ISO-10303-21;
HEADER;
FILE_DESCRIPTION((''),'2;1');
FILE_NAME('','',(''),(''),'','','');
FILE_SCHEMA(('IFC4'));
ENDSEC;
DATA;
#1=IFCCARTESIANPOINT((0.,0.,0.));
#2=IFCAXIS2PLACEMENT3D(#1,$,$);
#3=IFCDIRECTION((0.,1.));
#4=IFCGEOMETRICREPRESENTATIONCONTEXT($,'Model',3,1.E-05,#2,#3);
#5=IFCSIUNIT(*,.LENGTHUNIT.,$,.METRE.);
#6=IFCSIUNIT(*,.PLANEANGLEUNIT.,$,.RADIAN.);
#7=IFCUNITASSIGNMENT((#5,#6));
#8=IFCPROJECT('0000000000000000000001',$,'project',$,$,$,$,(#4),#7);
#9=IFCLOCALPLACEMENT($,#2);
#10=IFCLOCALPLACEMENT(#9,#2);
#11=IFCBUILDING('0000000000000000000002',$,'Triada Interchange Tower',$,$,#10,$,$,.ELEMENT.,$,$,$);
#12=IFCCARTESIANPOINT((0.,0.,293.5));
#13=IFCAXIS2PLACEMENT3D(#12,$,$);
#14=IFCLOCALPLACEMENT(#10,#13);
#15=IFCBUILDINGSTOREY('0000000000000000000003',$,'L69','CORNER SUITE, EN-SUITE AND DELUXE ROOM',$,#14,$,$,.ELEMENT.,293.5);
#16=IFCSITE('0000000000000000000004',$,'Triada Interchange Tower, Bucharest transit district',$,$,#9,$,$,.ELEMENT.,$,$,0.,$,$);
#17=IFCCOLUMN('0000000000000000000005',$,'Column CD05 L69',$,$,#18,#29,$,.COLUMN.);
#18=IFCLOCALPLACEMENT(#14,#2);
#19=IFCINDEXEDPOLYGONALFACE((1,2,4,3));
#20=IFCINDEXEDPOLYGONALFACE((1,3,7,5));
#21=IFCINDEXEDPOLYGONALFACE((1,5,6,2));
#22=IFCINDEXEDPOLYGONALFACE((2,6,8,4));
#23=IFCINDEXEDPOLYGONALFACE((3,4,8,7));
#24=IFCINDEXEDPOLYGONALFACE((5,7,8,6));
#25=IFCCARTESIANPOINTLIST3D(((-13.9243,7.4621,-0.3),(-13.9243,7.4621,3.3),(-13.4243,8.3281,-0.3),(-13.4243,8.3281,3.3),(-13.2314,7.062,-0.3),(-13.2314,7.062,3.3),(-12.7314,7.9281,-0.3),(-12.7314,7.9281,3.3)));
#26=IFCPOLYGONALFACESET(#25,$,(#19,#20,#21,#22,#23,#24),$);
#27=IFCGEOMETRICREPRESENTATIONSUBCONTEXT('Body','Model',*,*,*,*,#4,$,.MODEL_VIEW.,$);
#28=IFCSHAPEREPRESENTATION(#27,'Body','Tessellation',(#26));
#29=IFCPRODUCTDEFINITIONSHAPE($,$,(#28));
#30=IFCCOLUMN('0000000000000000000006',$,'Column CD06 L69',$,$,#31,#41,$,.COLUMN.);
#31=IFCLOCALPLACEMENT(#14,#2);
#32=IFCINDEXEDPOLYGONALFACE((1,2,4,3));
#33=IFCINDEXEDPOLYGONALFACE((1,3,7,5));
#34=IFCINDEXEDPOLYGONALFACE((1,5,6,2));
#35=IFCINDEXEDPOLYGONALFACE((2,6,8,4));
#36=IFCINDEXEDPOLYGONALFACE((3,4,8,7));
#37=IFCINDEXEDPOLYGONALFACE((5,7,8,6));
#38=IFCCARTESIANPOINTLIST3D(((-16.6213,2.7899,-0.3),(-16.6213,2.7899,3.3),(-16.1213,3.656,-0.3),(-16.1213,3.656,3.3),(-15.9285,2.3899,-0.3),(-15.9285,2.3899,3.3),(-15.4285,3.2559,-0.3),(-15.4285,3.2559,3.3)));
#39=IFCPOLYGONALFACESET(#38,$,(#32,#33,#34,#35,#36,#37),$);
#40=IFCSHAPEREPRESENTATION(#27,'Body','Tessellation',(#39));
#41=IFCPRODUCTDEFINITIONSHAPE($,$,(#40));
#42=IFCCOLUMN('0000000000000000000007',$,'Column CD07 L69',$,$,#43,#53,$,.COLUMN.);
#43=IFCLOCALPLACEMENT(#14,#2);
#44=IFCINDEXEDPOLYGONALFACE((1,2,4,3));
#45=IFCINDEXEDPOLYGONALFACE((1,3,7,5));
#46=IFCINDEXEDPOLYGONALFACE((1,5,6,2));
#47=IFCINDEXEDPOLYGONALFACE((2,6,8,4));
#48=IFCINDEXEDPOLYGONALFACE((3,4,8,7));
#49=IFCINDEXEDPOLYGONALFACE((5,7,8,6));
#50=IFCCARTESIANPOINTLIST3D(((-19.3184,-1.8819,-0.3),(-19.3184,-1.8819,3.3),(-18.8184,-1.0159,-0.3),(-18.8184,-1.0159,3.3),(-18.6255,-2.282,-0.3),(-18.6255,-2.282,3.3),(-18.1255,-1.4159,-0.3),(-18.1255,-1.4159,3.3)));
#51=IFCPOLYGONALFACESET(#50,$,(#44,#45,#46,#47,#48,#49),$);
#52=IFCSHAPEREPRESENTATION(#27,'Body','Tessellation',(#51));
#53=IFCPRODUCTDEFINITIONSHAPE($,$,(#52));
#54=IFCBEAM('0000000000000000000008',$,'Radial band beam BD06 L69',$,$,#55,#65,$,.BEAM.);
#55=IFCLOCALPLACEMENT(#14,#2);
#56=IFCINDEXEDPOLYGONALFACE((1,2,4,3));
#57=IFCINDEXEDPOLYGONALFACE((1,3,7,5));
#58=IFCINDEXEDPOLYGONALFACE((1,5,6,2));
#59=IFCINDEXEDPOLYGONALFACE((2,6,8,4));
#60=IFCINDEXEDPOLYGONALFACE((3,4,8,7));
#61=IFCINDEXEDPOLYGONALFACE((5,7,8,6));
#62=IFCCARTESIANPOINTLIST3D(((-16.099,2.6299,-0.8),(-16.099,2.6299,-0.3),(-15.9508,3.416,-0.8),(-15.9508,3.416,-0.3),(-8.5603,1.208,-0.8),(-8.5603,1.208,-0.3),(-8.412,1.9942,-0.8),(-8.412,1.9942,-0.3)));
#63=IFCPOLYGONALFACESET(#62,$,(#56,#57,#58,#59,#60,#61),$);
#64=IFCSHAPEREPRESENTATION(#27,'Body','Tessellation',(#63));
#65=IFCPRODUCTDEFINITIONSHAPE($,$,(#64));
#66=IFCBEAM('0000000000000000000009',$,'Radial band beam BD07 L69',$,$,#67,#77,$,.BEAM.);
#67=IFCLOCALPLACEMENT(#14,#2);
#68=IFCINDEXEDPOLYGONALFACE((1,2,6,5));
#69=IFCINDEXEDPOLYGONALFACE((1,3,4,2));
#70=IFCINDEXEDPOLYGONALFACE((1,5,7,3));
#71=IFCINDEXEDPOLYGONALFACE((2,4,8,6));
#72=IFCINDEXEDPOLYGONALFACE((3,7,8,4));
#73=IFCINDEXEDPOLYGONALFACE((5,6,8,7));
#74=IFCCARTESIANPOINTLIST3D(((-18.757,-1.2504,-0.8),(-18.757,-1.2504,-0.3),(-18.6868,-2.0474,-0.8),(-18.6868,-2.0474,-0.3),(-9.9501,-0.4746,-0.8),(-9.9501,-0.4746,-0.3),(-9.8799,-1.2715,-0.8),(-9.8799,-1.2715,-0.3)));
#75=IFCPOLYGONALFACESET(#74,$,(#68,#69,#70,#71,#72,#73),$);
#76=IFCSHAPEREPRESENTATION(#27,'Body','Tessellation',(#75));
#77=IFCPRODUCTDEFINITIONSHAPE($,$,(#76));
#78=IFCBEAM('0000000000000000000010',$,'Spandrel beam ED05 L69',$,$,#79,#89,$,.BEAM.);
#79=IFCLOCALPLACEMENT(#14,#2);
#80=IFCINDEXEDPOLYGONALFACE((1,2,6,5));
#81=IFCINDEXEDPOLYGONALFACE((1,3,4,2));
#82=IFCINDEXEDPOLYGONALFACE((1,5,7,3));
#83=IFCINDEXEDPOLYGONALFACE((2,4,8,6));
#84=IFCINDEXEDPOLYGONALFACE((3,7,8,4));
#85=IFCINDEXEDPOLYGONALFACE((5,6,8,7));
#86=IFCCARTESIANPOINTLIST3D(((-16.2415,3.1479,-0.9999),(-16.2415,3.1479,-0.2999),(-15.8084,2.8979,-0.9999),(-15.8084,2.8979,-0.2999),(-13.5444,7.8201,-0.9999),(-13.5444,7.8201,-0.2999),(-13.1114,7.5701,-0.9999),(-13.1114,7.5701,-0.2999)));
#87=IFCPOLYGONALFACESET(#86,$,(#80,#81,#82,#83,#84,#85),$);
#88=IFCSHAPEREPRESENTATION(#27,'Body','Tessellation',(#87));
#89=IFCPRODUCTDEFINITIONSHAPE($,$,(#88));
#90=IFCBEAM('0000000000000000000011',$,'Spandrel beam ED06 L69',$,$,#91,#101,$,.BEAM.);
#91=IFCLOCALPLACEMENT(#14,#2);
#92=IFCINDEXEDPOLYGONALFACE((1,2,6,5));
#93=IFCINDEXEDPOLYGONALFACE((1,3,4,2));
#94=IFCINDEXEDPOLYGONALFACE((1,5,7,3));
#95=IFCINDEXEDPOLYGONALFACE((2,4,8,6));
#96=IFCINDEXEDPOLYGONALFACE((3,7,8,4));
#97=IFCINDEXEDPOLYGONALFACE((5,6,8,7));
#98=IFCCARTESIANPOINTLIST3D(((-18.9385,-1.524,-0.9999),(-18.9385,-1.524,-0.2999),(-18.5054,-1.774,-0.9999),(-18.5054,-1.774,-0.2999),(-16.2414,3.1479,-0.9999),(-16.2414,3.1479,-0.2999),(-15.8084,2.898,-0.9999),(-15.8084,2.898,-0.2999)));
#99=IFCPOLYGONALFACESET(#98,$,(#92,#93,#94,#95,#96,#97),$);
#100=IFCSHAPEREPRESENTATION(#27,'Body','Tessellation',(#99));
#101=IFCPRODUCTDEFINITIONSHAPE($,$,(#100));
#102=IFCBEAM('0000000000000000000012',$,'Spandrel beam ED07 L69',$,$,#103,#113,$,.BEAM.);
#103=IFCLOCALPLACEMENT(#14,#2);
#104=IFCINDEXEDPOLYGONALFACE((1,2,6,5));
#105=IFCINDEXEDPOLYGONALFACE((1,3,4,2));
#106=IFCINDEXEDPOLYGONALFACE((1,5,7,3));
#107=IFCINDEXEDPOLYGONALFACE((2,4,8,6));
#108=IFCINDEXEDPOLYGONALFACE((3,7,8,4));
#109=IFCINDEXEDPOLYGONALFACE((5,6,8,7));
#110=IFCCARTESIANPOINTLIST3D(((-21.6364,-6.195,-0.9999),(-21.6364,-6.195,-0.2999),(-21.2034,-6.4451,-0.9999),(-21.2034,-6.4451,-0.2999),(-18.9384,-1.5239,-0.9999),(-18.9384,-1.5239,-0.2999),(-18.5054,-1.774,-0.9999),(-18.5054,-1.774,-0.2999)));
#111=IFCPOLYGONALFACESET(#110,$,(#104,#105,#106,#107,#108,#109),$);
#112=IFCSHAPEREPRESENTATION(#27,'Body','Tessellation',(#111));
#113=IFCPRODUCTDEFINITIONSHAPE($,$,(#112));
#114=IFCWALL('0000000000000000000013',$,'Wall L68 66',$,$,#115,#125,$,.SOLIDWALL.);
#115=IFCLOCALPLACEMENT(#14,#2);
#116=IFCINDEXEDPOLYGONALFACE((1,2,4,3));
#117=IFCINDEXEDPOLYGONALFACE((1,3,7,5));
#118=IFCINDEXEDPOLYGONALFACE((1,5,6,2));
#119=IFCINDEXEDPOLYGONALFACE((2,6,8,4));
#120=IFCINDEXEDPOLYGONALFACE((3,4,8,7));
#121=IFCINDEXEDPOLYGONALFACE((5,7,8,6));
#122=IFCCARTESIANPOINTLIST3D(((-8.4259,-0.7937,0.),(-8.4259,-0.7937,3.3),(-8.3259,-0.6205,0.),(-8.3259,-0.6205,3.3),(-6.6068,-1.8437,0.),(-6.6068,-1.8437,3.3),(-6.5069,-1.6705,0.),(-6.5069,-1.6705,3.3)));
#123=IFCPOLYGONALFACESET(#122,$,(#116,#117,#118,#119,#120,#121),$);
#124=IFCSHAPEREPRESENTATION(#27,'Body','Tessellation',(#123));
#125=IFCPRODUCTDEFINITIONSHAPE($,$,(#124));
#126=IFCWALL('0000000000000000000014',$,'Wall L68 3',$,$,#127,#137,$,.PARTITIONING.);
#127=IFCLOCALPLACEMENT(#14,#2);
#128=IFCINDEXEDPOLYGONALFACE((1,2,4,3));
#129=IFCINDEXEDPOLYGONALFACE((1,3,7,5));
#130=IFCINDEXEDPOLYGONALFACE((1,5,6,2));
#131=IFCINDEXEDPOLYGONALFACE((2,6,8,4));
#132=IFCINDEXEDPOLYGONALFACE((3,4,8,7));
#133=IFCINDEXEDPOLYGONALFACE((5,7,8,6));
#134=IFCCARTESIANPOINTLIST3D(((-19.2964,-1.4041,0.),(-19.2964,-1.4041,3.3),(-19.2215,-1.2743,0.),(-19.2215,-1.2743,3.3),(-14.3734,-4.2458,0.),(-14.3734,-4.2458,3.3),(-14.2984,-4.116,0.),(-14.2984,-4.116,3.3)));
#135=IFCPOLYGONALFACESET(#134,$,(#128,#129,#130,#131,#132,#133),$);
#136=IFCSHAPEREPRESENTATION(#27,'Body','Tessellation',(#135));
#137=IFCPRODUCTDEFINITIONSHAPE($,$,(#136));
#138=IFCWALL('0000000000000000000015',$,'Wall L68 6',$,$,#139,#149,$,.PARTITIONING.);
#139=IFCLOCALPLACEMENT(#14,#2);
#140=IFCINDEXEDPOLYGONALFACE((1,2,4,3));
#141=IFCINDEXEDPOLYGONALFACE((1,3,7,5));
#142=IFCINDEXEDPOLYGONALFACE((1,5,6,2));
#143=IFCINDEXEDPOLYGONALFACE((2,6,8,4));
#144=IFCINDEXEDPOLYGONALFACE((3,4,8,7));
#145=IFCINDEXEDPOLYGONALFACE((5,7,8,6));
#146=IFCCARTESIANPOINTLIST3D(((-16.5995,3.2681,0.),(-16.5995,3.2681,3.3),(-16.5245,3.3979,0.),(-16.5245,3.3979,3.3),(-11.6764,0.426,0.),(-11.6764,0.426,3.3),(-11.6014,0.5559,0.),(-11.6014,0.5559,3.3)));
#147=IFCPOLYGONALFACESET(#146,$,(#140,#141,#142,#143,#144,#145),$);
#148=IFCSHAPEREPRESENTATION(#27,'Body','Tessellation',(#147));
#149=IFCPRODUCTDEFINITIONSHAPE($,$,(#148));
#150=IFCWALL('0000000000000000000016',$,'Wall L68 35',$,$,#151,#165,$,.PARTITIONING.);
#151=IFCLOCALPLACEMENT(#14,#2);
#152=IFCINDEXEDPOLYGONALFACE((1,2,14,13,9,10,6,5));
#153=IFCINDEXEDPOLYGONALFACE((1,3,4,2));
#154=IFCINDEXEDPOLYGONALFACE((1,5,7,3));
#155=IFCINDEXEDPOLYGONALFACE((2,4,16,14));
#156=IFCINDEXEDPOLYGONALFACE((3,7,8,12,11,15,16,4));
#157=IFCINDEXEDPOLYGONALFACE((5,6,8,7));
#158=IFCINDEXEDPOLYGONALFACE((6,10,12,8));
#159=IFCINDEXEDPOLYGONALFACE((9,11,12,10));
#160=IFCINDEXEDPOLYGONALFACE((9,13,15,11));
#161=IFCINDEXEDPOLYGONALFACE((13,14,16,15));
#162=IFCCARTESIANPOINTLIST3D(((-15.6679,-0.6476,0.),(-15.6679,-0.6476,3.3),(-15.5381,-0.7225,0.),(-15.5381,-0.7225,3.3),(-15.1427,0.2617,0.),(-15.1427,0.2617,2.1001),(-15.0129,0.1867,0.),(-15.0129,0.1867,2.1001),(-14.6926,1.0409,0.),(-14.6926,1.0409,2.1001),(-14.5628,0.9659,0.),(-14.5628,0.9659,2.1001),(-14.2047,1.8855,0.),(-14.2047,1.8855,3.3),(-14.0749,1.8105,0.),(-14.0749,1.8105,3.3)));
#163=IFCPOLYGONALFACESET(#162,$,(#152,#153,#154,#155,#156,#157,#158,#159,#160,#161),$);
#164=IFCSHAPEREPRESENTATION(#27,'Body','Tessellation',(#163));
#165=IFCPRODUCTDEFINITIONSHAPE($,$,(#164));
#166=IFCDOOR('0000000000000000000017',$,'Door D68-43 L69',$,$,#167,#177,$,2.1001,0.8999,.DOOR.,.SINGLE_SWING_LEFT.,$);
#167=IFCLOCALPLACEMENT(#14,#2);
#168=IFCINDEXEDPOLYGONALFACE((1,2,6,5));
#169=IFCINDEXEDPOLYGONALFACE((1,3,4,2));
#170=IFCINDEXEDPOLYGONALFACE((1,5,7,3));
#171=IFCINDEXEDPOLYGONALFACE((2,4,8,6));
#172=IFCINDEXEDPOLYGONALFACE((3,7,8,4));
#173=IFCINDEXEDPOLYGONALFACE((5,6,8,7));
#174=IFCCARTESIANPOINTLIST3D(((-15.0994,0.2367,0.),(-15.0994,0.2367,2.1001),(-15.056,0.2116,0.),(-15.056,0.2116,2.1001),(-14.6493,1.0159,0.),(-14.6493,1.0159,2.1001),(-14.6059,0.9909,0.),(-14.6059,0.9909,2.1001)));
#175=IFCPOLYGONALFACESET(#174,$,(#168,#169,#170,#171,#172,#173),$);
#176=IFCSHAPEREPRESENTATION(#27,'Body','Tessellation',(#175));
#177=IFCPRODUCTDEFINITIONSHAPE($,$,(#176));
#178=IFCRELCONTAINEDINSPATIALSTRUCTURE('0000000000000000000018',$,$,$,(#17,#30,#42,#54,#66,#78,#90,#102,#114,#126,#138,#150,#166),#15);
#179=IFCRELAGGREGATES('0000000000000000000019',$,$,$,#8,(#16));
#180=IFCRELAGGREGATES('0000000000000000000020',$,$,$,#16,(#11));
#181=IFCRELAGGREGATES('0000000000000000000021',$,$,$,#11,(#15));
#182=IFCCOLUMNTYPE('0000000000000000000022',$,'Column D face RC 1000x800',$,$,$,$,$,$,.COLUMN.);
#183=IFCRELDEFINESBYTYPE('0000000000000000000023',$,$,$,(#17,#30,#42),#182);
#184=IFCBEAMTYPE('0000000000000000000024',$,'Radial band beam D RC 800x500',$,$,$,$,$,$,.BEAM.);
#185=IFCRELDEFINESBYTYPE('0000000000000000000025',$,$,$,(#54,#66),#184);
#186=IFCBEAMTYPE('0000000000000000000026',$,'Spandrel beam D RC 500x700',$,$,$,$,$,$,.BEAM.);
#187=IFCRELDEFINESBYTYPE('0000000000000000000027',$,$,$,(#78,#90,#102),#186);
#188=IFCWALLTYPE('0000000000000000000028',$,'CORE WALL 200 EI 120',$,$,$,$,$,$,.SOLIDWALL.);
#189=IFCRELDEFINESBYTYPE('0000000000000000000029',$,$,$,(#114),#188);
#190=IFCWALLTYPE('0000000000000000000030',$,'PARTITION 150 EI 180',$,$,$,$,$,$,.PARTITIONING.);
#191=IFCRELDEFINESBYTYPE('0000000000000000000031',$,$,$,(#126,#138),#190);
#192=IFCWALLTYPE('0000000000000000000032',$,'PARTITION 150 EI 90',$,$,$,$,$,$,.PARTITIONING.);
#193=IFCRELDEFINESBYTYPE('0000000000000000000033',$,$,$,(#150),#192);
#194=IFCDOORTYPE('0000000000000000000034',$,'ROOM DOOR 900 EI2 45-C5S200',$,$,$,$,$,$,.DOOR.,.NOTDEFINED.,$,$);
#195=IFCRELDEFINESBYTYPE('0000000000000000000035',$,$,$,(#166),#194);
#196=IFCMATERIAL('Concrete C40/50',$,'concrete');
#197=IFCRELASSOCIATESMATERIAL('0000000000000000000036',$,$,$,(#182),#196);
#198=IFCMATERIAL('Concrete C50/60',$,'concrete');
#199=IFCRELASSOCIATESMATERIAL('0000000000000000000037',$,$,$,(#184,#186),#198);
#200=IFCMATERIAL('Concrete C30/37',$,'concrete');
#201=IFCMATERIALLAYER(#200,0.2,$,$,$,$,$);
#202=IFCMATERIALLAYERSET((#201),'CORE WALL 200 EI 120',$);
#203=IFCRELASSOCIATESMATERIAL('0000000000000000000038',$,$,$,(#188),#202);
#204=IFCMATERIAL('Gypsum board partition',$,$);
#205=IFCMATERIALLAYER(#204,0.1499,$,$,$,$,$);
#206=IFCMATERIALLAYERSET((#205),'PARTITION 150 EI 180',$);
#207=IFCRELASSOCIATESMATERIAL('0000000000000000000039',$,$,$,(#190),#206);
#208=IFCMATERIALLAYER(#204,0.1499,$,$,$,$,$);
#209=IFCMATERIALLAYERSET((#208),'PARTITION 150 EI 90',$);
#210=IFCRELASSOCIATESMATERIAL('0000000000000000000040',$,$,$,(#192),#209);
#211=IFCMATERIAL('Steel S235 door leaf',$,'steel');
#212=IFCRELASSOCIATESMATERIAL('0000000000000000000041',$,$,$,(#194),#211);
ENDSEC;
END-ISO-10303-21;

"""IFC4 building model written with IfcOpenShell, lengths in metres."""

from ifc_helpers import new_model, si_unit, direction, frame, frame_2d, origin, origin_2d, place, context, subcontext, project, spatial, rectangle, extrude, material, layer, layer_set, material_profile, profile_set, type_object, element, fill, save


model = new_model("IFC4")

# Units and contexts
model_context = context("Model", 3, precision=1e-05, world=origin(), true_north=direction((0.0, 1.0)))
body_context = subcontext(model_context, "Body", "Model", "MODEL_VIEW")
ifc_project = project(units=[si_unit("LENGTHUNIT", "METRE"), si_unit("PLANEANGLEUNIT", "RADIAN")], contexts=[model_context])

# Site, building, storey
site_placement = place(None, origin())
site = spatial("IfcSite", under=ifc_project, at=site_placement, Name="Triada Interchange Tower, Bucharest transit district", CompositionType="ELEMENT", RefElevation=0.0)
building_placement = place(site_placement, origin())
building = spatial("IfcBuilding", under=site, at=building_placement, Name="Triada Interchange Tower", CompositionType="ELEMENT")
storey_placement = place(building_placement, frame((0.0, 0.0, 293.5)))
storey = spatial("IfcBuildingStorey", under=building, at=storey_placement, Name="L69", Description="CORNER SUITE, EN-SUITE AND DELUXE ROOM", CompositionType="ELEMENT", Elevation=293.5)

# Columns
ifc_material_1 = material(Name="Concrete C40/50", Category="concrete")
ifc_material_profile_1 = material_profile(ifc_material_1, rectangle(XDim=1.0, YDim=0.8, at=origin_2d()), Name="RC 1000x800")
ifc_profile_set_1 = profile_set([ifc_material_profile_1], Name="Concrete C40/50")
column_type = type_object("IfcColumnType", Name="Column D face RC 1000x800", PredefinedType="COLUMN", material=ifc_profile_set_1)
for number, where, z_axis, x_axis, name in (
    (1, (-13.3279, 7.6951, -0.3), (0.0, 0.0, 1.0), (0.5, 0.866025, 0.0), "Column CD05 L69"),
    (2, (-16.0249, 3.0229, -0.3), (0.0, 0.0, 1.0), (0.5, 0.866025, 0.0), "Column CD06 L69"),
    (3, (-18.7219, -1.6489, -0.3), (0.0, 0.0, 1.0), (0.5, 0.866025, 0.0), "Column CD07 L69"),
):
    element("IfcColumn", number, at=place(storey_placement, frame(where, z_axis=z_axis, x_axis=x_axis)), inside=storey, type_object=column_type, Name=name, PredefinedType="COLUMN", context=body_context, shape_type="SweptSolid", body=[
        extrude(rectangle(XDim=1.0, YDim=0.8, at=origin_2d()), origin(), (0.0, 0.0, 1.0), 3.6001),
    ])

# Beams
ifc_material_2 = material(Name="Concrete C50/60", Category="concrete")
ifc_material_profile_2 = material_profile(ifc_material_2, rectangle(XDim=0.8, YDim=0.5, at=origin_2d()), Name="RC 800x500")
ifc_profile_set_2 = profile_set([ifc_material_profile_2], Name="Concrete C50/60")
beam_type_1 = type_object("IfcBeamType", Name="Radial band beam D RC 800x500", PredefinedType="BEAM", material=ifc_profile_set_2)
beam_1_placement = place(storey_placement, frame((-16.0249, 3.0229, -0.55), z_axis=(0.982675, -0.185339, 0.0), x_axis=(0.185339, 0.982675, 0.0)))
element("IfcBeam", 4, at=beam_1_placement, inside=storey, type_object=beam_type_1, Name="Radial band beam BD06 L69", PredefinedType="BEAM", context=body_context, shape_type="SweptSolid", body=[
    extrude(rectangle(XDim=0.8, YDim=0.5, at=origin_2d()), origin(), (0.0, 0.0, 1.0), 7.6716),
])
beam_2_placement = place(storey_placement, frame((-18.7219, -1.6489, -0.55), z_axis=(0.996142, 0.087759, 0.0), x_axis=(-0.087759, 0.996142, 0.0)))
element("IfcBeam", 5, at=beam_2_placement, inside=storey, type_object=beam_type_1, Name="Radial band beam BD07 L69", PredefinedType="BEAM", context=body_context, shape_type="SweptSolid", body=[
    extrude(rectangle(XDim=0.8, YDim=0.5, at=origin_2d()), origin(), (0.0, 0.0, 1.0), 8.8411),
])
ifc_material_profile_3 = material_profile(ifc_material_2, rectangle(XDim=0.5, YDim=0.7, at=origin_2d()), Name="RC 500x700")
ifc_profile_set_3 = profile_set([ifc_material_profile_3], Name="Concrete C50/60")
beam_type_2 = type_object("IfcBeamType", Name="Spandrel beam D RC 500x700", PredefinedType="BEAM", material=ifc_profile_set_3)
beam_3_placement = place(storey_placement, frame((-13.3279, 7.6951, -0.6499), z_axis=(-0.499941, -0.86606, 0.0), x_axis=(0.86606, -0.499941, 0.0)))
element("IfcBeam", 6, at=beam_3_placement, inside=storey, type_object=beam_type_2, Name="Spandrel beam ED05 L69", PredefinedType="BEAM", context=body_context, shape_type="SweptSolid", body=[
    extrude(rectangle(XDim=0.5, YDim=0.7, at=origin_2d()), origin(), (0.0, 0.0, 1.0), 5.3948),
])
beam_4_placement = place(storey_placement, frame((-16.0249, 3.0229, -0.6499), z_axis=(-0.49996, -0.866048, 0.0), x_axis=(0.866048, -0.49996, 0.0)))
element("IfcBeam", 7, at=beam_4_placement, inside=storey, type_object=beam_type_2, Name="Spandrel beam ED06 L69", PredefinedType="BEAM", context=body_context, shape_type="SweptSolid", body=[
    extrude(rectangle(XDim=0.5, YDim=0.7, at=origin_2d()), origin(), (0.0, 0.0, 1.0), 5.3945),
])
beam_5_placement = place(storey_placement, frame((-18.7219, -1.6489, -0.6499), z_axis=(-0.500155, -0.865936, 0.0), x_axis=(0.865936, -0.500155, 0.0)))
element("IfcBeam", 8, at=beam_5_placement, inside=storey, type_object=beam_type_2, Name="Spandrel beam ED07 L69", PredefinedType="BEAM", context=body_context, shape_type="SweptSolid", body=[
    extrude(rectangle(XDim=0.5, YDim=0.7, at=origin_2d()), origin(), (0.0, 0.0, 1.0), 5.3943),
])

# Walls
ifc_material_3 = material(Name="Concrete C30/37", Category="concrete")
ifc_layer_1 = layer(ifc_material_3, 0.2)
ifc_layer_set_1 = layer_set([ifc_layer_1], Name="CORE WALL 200 EI 120")
wall_type_1 = type_object("IfcWallType", Name="CORE WALL 200 EI 120", PredefinedType="SOLIDWALL", material=ifc_layer_set_1)
wall_1_placement = place(storey_placement, frame((-8.376, -0.707, 0.0), z_axis=(0.0, 0.0, 1.0), x_axis=(0.866068, -0.499927, 0.0)))
element("IfcWall", 9, at=wall_1_placement, inside=storey, type_object=wall_type_1, Name="Wall L68 66", PredefinedType="SOLIDWALL", context=body_context, shape_type="SweptSolid", body=[
    extrude(rectangle(XDim=2.1003, YDim=0.2, at=frame_2d((1.0503, 0.0))), origin(), (0.0, 0.0, 1.0), 3.3),
])
ifc_material_4 = material(Name="Gypsum board partition")
ifc_layer_2 = layer(ifc_material_4, 0.1499)
ifc_layer_set_2 = layer_set([ifc_layer_2], Name="PARTITION 150 EI 180")
wall_type_2 = type_object("IfcWallType", Name="PARTITION 150 EI 180", PredefinedType="PARTITIONING", material=ifc_layer_set_2)
wall_2_placement = place(storey_placement, frame((-19.259, -1.3391, 0.0), z_axis=(0.0, 0.0, 1.0), x_axis=(0.866068, -0.499927, 0.0)))
element("IfcWall", 10, at=wall_2_placement, inside=storey, type_object=wall_type_2, Name="Wall L68 3", PredefinedType="PARTITIONING", context=body_context, shape_type="SweptSolid", body=[
    extrude(rectangle(XDim=5.6843, YDim=0.1499, at=frame_2d((2.8423, 0.0))), origin(), (0.0, 0.0, 1.0), 3.3),
])
wall_3_placement = place(storey_placement, frame((-16.562, 3.333, 0.0), z_axis=(0.0, 0.0, 1.0), x_axis=(0.866049, -0.499959, 0.0)))
element("IfcWall", 11, at=wall_3_placement, inside=storey, type_object=wall_type_2, Name="Wall L68 6", PredefinedType="PARTITIONING", context=body_context, shape_type="SweptSolid", body=[
    extrude(rectangle(XDim=5.6846, YDim=0.1499, at=frame_2d((2.8423, 0.0))), origin(), (0.0, 0.0, 1.0), 3.3),
])

# Wall, opening, door
ifc_layer_3 = layer(ifc_material_4, 0.1499)
ifc_layer_set_3 = layer_set([ifc_layer_3], Name="PARTITION 150 EI 90")
wall_type_3 = type_object("IfcWallType", Name="PARTITION 150 EI 90", PredefinedType="PARTITIONING", material=ifc_layer_set_3)
wall_4_placement = place(storey_placement, frame((-15.603, -0.6851, 0.0), z_axis=(0.0, 0.0, 1.0), x_axis=(0.500187, 0.865917, 0.0)))
wall_4 = element("IfcWall", 12, at=wall_4_placement, inside=storey, type_object=wall_type_3, Name="Wall L68 35", PredefinedType="PARTITIONING", context=body_context, shape_type="SweptSolid", body=[
    extrude(rectangle(XDim=2.9253, YDim=0.1499, at=frame_2d((1.4626, 0.0))), origin(), (0.0, 0.0, 1.0), 3.3),
])
opening_1_placement = place(wall_4_placement, frame((1.05, 0.0, 0.0)))
opening_1 = element("IfcOpeningElement", 13, at=opening_1_placement, cuts=wall_4, PredefinedType="OPENING", context=body_context, shape_type="SweptSolid", body=[
    extrude(rectangle(XDim=0.8999, YDim=2.1001, at=frame_2d((0.45, 1.05))), frame((0.0, 0.085, 0.0), z_axis=(0.0, -1.0, 0.0), x_axis=(1.0, 0.0, 0.0)), (0.0, 0.0, 1.0), 0.1699),
])
ifc_material_5 = material(Name="Steel S235 door leaf", Category="steel")
door_type = type_object("IfcDoorType", Name="ROOM DOOR 900 EI2 45-C5S200", OperationType="NOTDEFINED", PredefinedType="DOOR", material=ifc_material_5)
door_1_placement = place(opening_1_placement, origin())
door_1 = element("IfcDoor", 14, at=door_1_placement, inside=storey, type_object=door_type, Name="Door D68-43 L69", OperationType="SINGLE_SWING_LEFT", OverallHeight=2.1001, OverallWidth=0.8999, PredefinedType="DOOR", context=body_context, shape_type="SweptSolid", body=[
    extrude(rectangle(XDim=0.8999, YDim=2.1001, at=frame_2d((0.45, 1.05))), frame((0.0, 0.0249, 0.0), z_axis=(0.0, -1.0, 0.0), x_axis=(1.0, 0.0, 0.0)), (0.0, 0.0, 1.0), 0.05),
])
fill(opening_1, door_1)

save(model, "model.ifc")
